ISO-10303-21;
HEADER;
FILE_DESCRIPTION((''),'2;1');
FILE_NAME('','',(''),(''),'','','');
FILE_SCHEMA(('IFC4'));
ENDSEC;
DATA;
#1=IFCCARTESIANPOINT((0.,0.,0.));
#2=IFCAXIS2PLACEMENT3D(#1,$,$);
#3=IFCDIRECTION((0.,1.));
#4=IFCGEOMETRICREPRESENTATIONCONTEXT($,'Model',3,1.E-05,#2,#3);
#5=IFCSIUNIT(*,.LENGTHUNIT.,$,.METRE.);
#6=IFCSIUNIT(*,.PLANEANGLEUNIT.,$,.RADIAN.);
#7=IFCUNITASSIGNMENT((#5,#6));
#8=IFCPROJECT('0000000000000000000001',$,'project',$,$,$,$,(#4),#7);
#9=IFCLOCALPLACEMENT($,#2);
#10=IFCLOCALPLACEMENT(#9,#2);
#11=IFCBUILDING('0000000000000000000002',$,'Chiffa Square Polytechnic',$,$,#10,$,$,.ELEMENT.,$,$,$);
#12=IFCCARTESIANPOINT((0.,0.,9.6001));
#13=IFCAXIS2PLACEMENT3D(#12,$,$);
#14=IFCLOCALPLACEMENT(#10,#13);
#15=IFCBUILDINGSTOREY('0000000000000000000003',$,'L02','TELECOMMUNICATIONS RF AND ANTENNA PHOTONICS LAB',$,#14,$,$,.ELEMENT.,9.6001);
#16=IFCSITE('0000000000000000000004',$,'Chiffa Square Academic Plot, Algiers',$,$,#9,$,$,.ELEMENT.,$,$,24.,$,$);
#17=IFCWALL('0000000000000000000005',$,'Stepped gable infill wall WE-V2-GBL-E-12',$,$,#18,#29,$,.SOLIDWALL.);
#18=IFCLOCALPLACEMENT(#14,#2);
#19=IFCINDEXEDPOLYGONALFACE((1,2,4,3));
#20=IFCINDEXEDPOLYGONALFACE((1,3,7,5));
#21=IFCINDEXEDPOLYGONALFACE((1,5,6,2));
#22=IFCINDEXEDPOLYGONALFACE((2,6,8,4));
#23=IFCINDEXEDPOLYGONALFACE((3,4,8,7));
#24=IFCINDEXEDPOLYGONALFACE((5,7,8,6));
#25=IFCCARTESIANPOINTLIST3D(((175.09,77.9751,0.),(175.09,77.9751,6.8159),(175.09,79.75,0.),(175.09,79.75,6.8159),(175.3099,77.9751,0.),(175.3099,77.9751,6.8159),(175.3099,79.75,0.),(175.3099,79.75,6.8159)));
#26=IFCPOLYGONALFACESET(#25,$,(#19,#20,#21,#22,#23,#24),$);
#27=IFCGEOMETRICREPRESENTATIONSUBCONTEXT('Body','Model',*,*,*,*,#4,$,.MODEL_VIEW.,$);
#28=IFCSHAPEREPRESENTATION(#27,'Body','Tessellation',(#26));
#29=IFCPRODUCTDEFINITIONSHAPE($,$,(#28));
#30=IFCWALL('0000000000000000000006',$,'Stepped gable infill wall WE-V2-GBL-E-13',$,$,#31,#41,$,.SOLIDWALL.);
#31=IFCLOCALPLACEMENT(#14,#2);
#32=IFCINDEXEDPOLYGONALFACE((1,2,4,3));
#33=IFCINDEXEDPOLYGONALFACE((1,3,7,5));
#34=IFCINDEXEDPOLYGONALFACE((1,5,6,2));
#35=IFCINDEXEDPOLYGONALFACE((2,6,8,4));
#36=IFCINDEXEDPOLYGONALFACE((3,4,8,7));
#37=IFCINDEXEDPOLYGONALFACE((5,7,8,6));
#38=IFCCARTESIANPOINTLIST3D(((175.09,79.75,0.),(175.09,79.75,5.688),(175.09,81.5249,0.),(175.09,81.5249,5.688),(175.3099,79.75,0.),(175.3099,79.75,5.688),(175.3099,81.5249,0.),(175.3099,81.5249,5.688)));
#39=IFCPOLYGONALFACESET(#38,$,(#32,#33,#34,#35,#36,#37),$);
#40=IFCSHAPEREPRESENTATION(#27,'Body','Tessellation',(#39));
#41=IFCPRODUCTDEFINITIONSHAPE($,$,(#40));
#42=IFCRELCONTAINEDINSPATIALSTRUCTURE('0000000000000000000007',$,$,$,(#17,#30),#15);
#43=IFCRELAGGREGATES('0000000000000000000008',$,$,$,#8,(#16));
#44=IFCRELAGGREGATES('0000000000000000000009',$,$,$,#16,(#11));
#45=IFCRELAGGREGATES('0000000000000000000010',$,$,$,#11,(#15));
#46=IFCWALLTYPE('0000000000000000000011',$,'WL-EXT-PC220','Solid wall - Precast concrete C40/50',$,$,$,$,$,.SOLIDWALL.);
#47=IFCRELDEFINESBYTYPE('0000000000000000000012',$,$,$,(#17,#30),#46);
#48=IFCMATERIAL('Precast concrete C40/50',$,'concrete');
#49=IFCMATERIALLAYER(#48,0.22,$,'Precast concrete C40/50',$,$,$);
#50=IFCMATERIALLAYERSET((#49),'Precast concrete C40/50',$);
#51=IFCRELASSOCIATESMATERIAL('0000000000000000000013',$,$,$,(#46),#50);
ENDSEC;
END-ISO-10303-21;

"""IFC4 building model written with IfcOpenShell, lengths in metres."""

from ifc_helpers import new_model, si_unit, direction, frame, frame_2d, origin, place, context, subcontext, project, spatial, rectangle, extrude, material, layer, layer_set, type_object, element, save


model = new_model("IFC4")

# Units and contexts
model_context = context("Model", 3, precision=1e-05, world=origin(), true_north=direction((0.0, 1.0)))
body_context = subcontext(model_context, "Body", "Model", "MODEL_VIEW")
ifc_project = project(units=[si_unit("LENGTHUNIT", "METRE"), si_unit("PLANEANGLEUNIT", "RADIAN")], contexts=[model_context])

# Site, building, storey
site_placement = place(None, origin())
site = spatial("IfcSite", under=ifc_project, at=site_placement, Name="Chiffa Square Academic Plot, Algiers", CompositionType="ELEMENT", RefElevation=24.0)
building_placement = place(site_placement, origin())
building = spatial("IfcBuilding", under=site, at=building_placement, Name="Chiffa Square Polytechnic", CompositionType="ELEMENT")
storey_placement = place(building_placement, frame((0.0, 0.0, 9.6001)))
storey = spatial("IfcBuildingStorey", under=building, at=storey_placement, Name="L02", Description="TELECOMMUNICATIONS RF AND ANTENNA PHOTONICS LAB", CompositionType="ELEMENT", Elevation=9.6001)

# Walls
ifc_material_1 = material(Name="Precast concrete C40/50", Category="concrete")
ifc_layer_1 = layer(ifc_material_1, 0.22, Name="Precast concrete C40/50")
ifc_layer_set_1 = layer_set([ifc_layer_1], Name="Precast concrete C40/50")
wall_type = type_object("IfcWallType", Name="WL-EXT-PC220", Description="Solid wall - Precast concrete C40/50", PredefinedType="SOLIDWALL", material=ifc_layer_set_1)
wall_1_placement = place(storey_placement, frame((175.2, 77.9751, 0.0), z_axis=(0.0, 0.0, 1.0), x_axis=(0.0, 1.0, 0.0)))
element("IfcWall", 1, at=wall_1_placement, inside=storey, type_object=wall_type, Name="Stepped gable infill wall WE-V2-GBL-E-12", PredefinedType="SOLIDWALL", context=body_context, shape_type="SweptSolid", body=[
    extrude(rectangle(XDim=1.7749, YDim=0.22, at=frame_2d((0.8875, 0.0))), origin(), (0.0, 0.0, 1.0), 6.8159),
])
wall_2_placement = place(storey_placement, frame((175.2, 79.75, 0.0), z_axis=(0.0, 0.0, 1.0), x_axis=(0.0, 1.0, 0.0)))
element("IfcWall", 2, at=wall_2_placement, inside=storey, type_object=wall_type, Name="Stepped gable infill wall WE-V2-GBL-E-13", PredefinedType="SOLIDWALL", context=body_context, shape_type="SweptSolid", body=[
    extrude(rectangle(XDim=1.7749, YDim=0.22, at=frame_2d((0.8875, 0.0))), origin(), (0.0, 0.0, 1.0), 5.688),
])

save(model, "model.ifc")
